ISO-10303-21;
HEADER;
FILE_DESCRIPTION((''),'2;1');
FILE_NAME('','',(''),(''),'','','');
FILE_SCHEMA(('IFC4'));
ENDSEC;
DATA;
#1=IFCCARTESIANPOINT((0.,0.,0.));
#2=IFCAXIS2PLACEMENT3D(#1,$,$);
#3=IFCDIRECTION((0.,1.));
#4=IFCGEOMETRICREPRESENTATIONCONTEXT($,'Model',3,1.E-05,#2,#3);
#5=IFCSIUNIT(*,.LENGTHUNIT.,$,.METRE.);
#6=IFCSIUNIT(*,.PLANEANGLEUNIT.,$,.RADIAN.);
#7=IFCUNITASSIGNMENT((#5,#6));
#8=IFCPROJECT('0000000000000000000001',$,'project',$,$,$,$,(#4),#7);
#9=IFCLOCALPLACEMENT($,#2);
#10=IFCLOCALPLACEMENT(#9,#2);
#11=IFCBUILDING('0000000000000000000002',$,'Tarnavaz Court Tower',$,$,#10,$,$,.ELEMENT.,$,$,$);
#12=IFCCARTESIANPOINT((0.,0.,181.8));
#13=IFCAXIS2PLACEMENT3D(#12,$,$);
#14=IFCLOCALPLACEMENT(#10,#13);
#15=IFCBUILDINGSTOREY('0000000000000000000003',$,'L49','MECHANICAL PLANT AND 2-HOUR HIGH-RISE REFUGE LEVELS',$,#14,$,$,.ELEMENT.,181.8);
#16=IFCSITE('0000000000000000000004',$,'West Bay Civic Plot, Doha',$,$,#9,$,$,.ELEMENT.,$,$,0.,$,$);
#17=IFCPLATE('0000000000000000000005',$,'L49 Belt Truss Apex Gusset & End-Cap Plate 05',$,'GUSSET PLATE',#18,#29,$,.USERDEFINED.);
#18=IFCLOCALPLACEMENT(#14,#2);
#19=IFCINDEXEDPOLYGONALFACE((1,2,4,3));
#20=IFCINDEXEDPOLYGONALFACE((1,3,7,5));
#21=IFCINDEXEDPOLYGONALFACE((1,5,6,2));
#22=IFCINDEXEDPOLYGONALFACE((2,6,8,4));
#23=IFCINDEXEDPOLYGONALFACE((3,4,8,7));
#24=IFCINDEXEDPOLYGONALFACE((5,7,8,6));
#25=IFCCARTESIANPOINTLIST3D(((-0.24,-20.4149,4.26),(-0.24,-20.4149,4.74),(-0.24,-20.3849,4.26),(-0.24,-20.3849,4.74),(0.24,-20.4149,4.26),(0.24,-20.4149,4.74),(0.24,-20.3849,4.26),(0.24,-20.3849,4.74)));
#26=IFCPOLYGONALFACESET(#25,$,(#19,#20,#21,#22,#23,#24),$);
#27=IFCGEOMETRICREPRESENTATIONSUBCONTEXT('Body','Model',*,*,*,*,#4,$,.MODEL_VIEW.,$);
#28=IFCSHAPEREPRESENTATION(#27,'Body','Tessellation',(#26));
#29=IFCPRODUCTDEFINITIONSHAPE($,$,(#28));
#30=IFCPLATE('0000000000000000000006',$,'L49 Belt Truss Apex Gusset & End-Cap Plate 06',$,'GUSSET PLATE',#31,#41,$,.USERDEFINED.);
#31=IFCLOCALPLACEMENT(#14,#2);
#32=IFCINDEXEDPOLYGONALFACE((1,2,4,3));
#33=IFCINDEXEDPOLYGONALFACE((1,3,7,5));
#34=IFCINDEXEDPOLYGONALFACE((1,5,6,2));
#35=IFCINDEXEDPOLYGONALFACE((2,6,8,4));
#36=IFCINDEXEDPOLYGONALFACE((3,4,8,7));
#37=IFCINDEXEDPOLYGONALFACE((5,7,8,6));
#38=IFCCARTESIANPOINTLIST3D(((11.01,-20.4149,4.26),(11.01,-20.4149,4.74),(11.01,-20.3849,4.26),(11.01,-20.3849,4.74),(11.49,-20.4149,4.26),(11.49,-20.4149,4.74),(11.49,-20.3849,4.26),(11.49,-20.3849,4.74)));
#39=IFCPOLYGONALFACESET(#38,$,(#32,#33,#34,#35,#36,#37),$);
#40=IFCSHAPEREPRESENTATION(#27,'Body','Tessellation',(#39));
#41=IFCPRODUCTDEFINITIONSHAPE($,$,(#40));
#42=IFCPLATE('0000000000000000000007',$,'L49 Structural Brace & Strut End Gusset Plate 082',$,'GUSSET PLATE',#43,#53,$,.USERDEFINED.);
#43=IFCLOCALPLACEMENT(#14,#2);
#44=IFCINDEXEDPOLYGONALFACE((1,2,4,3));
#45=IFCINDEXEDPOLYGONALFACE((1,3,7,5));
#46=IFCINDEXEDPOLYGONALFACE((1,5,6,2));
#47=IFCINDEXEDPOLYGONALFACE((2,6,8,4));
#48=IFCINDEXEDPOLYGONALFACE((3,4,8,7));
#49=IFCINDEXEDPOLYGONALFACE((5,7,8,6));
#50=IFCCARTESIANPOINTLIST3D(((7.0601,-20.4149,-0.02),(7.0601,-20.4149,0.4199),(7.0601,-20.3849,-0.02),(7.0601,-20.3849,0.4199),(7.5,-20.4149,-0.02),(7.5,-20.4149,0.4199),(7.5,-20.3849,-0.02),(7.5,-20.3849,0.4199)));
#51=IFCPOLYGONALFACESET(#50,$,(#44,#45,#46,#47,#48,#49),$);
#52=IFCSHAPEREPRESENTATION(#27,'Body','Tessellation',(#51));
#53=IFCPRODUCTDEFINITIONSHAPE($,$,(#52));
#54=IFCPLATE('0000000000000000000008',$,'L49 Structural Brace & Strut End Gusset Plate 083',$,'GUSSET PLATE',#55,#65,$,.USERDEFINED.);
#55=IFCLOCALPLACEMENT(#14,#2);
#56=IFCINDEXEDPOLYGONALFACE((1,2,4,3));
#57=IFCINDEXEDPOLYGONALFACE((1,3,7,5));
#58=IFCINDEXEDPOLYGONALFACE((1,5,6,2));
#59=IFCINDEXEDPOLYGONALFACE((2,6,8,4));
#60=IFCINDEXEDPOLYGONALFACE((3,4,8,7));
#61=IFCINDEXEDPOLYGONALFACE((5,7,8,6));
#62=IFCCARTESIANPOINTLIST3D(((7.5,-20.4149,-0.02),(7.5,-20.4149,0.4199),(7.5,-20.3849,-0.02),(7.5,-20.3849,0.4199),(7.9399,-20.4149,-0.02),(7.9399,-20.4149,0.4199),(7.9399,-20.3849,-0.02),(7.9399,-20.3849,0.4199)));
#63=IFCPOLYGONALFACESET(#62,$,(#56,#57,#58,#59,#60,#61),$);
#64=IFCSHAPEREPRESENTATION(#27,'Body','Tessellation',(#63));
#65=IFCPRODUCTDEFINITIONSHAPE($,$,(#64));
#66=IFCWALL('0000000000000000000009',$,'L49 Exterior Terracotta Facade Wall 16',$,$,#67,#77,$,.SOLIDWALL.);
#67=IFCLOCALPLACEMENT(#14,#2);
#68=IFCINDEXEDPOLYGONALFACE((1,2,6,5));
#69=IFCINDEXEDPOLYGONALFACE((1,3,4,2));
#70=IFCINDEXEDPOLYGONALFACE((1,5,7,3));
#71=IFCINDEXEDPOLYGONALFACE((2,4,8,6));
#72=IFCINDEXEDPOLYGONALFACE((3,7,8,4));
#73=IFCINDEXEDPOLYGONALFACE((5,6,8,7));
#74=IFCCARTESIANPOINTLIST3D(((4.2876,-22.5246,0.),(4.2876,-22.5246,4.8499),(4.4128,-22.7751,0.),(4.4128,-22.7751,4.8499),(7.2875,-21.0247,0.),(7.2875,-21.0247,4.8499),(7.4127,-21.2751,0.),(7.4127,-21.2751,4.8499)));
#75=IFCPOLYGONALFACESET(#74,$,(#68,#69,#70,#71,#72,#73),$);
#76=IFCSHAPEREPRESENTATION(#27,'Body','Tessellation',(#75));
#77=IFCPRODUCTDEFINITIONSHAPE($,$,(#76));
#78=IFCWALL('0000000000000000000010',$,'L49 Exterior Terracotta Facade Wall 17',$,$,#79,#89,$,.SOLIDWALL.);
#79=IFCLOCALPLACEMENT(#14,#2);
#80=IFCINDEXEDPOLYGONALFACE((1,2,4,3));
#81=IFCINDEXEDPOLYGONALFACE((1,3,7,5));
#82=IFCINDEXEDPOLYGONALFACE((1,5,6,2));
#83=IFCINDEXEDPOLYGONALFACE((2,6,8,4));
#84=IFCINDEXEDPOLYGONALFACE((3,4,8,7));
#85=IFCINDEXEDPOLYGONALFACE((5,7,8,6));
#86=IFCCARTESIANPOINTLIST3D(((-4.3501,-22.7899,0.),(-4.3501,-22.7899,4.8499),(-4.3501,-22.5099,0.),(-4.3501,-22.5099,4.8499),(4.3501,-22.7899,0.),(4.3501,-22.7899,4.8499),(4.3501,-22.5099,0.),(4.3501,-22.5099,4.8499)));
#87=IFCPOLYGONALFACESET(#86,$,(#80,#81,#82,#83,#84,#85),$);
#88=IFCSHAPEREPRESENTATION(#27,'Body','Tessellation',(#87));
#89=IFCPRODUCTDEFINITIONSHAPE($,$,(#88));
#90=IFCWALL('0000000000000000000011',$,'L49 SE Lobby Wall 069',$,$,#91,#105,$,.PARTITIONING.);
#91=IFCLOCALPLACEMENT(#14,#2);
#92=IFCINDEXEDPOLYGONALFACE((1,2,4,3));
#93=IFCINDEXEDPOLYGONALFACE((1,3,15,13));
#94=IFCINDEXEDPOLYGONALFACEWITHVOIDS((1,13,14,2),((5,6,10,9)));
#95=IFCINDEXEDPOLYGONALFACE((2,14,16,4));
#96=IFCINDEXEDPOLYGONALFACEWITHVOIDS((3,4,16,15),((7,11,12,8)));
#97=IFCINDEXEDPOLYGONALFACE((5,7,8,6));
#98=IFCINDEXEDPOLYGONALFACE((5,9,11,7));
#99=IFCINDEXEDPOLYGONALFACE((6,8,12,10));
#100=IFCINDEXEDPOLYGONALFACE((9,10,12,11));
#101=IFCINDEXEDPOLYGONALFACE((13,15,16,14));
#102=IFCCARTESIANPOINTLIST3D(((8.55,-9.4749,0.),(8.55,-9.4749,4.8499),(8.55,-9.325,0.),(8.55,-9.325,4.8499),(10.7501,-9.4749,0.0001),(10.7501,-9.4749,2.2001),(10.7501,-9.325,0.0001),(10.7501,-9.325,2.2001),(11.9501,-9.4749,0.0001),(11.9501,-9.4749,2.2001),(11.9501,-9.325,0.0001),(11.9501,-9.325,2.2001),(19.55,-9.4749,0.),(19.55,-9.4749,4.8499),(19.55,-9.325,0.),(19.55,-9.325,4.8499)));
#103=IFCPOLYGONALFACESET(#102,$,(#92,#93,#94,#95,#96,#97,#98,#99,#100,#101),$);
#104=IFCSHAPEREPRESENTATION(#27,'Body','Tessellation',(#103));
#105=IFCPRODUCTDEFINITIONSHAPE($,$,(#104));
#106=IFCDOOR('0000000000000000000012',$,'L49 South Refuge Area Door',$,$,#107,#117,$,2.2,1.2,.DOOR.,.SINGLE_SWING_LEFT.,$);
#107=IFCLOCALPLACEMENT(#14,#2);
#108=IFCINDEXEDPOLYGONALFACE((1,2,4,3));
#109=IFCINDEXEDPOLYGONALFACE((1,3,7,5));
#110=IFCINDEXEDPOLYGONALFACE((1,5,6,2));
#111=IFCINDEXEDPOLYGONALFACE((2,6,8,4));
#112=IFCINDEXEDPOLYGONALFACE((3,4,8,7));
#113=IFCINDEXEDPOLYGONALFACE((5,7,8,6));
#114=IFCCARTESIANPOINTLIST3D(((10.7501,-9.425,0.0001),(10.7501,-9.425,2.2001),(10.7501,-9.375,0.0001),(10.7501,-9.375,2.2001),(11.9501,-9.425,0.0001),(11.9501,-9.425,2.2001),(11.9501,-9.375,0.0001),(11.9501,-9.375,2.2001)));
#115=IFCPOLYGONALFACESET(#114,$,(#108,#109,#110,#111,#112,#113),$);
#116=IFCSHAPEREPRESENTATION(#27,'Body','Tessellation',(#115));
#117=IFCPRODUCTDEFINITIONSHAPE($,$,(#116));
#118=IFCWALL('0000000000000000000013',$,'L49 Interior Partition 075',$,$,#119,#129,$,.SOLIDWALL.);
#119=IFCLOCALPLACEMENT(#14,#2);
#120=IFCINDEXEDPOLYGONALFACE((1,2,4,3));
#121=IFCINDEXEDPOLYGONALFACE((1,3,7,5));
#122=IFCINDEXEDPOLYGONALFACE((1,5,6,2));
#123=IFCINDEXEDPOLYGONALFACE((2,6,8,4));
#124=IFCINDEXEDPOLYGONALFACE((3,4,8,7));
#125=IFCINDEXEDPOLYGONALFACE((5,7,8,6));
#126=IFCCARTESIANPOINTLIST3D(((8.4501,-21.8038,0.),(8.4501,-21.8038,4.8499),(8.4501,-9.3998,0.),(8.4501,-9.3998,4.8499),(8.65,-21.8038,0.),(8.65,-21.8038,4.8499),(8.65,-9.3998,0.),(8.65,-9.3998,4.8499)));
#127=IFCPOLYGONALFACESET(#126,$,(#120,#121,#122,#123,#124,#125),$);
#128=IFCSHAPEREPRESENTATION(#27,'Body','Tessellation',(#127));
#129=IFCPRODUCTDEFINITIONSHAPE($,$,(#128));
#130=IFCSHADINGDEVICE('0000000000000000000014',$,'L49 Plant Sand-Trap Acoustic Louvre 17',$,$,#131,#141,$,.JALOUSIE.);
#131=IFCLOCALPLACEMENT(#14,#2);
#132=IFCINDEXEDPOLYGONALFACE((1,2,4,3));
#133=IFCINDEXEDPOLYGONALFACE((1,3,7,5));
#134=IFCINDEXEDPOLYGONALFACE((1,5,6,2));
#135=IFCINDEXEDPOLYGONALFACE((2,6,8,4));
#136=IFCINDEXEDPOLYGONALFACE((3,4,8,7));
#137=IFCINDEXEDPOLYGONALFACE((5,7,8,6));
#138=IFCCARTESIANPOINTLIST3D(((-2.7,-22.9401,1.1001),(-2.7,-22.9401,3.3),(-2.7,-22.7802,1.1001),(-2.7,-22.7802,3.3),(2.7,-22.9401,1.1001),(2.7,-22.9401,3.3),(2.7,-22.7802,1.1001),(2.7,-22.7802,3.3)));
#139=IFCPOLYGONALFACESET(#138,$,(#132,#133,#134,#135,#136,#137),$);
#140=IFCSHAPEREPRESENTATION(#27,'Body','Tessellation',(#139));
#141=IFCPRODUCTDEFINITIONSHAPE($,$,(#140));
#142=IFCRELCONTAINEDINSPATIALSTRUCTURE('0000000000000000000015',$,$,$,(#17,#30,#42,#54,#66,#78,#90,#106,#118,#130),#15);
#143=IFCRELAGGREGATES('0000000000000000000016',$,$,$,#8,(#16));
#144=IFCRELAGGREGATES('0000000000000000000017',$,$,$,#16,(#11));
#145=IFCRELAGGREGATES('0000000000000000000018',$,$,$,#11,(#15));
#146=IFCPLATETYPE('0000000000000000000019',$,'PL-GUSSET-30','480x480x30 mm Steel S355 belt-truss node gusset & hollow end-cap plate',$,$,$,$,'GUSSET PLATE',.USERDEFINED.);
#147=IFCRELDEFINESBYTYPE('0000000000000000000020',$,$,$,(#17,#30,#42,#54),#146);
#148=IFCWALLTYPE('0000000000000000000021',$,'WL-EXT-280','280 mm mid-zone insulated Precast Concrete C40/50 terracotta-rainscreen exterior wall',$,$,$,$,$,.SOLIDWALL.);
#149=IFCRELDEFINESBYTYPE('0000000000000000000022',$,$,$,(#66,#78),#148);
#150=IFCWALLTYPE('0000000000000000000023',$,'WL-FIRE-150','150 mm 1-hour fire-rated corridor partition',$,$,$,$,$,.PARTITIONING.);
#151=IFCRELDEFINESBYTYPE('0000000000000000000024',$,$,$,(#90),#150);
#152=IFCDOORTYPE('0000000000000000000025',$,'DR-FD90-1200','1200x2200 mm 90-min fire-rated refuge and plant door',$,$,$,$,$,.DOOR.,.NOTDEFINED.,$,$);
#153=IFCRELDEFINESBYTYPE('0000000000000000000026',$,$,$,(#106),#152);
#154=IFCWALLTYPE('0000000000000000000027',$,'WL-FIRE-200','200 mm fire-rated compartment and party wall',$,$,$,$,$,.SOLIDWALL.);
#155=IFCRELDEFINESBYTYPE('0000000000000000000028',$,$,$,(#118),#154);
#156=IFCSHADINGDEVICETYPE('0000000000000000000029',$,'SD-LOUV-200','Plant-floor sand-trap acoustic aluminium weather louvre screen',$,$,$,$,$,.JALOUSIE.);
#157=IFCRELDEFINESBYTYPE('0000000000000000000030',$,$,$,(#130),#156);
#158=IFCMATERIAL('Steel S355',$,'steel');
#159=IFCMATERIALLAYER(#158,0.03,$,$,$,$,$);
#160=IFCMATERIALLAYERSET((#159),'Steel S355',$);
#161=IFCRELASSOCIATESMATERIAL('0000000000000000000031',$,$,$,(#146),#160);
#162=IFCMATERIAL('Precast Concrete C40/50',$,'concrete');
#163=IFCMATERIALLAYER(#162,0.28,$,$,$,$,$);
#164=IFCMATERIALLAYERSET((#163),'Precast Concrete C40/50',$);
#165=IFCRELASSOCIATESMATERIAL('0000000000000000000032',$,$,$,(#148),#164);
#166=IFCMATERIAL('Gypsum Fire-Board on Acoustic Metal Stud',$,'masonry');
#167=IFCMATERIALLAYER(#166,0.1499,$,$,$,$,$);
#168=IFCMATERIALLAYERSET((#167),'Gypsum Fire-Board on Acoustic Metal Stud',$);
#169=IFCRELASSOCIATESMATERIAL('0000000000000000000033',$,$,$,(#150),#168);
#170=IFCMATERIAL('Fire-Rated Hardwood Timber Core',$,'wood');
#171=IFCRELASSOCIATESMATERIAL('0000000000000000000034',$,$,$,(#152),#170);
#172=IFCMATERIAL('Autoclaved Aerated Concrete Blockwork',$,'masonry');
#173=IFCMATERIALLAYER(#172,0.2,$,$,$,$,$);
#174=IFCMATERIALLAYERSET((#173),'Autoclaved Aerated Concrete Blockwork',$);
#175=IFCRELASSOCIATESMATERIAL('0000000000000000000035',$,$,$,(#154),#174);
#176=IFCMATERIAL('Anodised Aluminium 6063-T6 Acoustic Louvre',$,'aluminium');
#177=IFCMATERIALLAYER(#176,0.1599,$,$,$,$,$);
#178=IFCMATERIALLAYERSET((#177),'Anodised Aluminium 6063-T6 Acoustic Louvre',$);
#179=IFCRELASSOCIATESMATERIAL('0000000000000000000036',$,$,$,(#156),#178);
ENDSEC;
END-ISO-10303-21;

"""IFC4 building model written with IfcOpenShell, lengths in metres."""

from ifc_helpers import new_model, si_unit, direction, frame, frame_2d, origin, origin_2d, place, context, subcontext, project, spatial, rectangle, extrude, material, layer, layer_set, type_object, element, fill, save


model = new_model("IFC4")

# Units and contexts
model_context = context("Model", 3, precision=1e-05, world=origin(), true_north=direction((0.0, 1.0)))
body_context = subcontext(model_context, "Body", "Model", "MODEL_VIEW")
ifc_project = project(units=[si_unit("LENGTHUNIT", "METRE"), si_unit("PLANEANGLEUNIT", "RADIAN")], contexts=[model_context])

# Site, building, storey
site_placement = place(None, origin())
site = spatial("IfcSite", under=ifc_project, at=site_placement, Name="West Bay Civic Plot, Doha", CompositionType="ELEMENT", RefElevation=0.0)
building_placement = place(site_placement, origin())
building = spatial("IfcBuilding", under=site, at=building_placement, Name="Tarnavaz Court Tower", CompositionType="ELEMENT")
storey_placement = place(building_placement, frame((0.0, 0.0, 181.8)))
storey = spatial("IfcBuildingStorey", under=building, at=storey_placement, Name="L49", Description="MECHANICAL PLANT AND 2-HOUR HIGH-RISE REFUGE LEVELS", CompositionType="ELEMENT", Elevation=181.8)

# Shared definitions
ifc_material_1 = material(Name="Steel S355", Category="steel")

# Plates
ifc_layer_1 = layer(ifc_material_1, 0.03)
ifc_layer_set_1 = layer_set([ifc_layer_1], Name="Steel S355")
plate_type = type_object("IfcPlateType", Name="PL-GUSSET-30", Description="480x480x30 mm Steel S355 belt-truss node gusset & hollow end-cap plate", ElementType="GUSSET PLATE", PredefinedType="USERDEFINED", material=ifc_layer_set_1)
for number, where, z_axis, x_axis, name in (
    (1, (0.0, -20.3999, 4.26), (0.0, 0.0, 1.0), (1.0, 0.0, 0.0), "L49 Belt Truss Apex Gusset & End-Cap Plate 05"),
    (2, (11.25, -20.3999, 4.26), (0.0, 0.0, 1.0), (1.0, 0.0, 0.0), "L49 Belt Truss Apex Gusset & End-Cap Plate 06"),
):
    element("IfcPlate", number, at=place(storey_placement, frame(where, z_axis=z_axis, x_axis=x_axis)), inside=storey, type_object=plate_type, Name=name, ObjectType="GUSSET PLATE", PredefinedType="USERDEFINED", context=body_context, shape_type="SweptSolid", body=[
        extrude(rectangle(XDim=0.48, YDim=0.03, at=origin_2d()), origin(), (0.0, 0.0, 1.0), 0.48),
    ])
for number, where, z_axis, x_axis, name in (
    (3, (7.28, -20.3999, -0.02), (0.0, 0.0, 1.0), (1.0, 0.0, 0.0), "L49 Structural Brace & Strut End Gusset Plate 082"),
    (4, (7.72, -20.3999, -0.02), (0.0, 0.0, 1.0), (1.0, 0.0, 0.0), "L49 Structural Brace & Strut End Gusset Plate 083"),
):
    element("IfcPlate", number, at=place(storey_placement, frame(where, z_axis=z_axis, x_axis=x_axis)), inside=storey, type_object=plate_type, Name=name, ObjectType="GUSSET PLATE", PredefinedType="USERDEFINED", context=body_context, shape_type="SweptSolid", body=[
        extrude(rectangle(XDim=0.4399, YDim=0.03, at=origin_2d()), origin(), (0.0, 0.0, 1.0), 0.4399),
    ])

# Walls
ifc_material_2 = material(Name="Precast Concrete C40/50", Category="concrete")
ifc_layer_2 = layer(ifc_material_2, 0.28)
ifc_layer_set_2 = layer_set([ifc_layer_2], Name="Precast Concrete C40/50")
wall_type_1 = type_object("IfcWallType", Name="WL-EXT-280", Description="280 mm mid-zone insulated Precast Concrete C40/50 terracotta-rainscreen exterior wall", PredefinedType="SOLIDWALL", material=ifc_layer_set_2)
wall_1_placement = place(storey_placement, frame((7.3501, -21.1499, 0.0), z_axis=(0.0, 0.0, 1.0), x_axis=(-0.894427, -0.447214, 0.0)))
element("IfcWall", 5, at=wall_1_placement, inside=storey, type_object=wall_type_1, Name="L49 Exterior Terracotta Facade Wall 16", PredefinedType="SOLIDWALL", context=body_context, shape_type="SweptSolid", body=[
    extrude(rectangle(XDim=3.354, YDim=0.28, at=frame_2d((1.677, 0.0))), origin(), (0.0, 0.0, 1.0), 4.8499),
])
wall_2_placement = place(storey_placement, frame((4.3501, -22.6499, 0.0), z_axis=(0.0, 0.0, 1.0), x_axis=(-1.0, 0.0, 0.0)))
element("IfcWall", 6, at=wall_2_placement, inside=storey, type_object=wall_type_1, Name="L49 Exterior Terracotta Facade Wall 17", PredefinedType="SOLIDWALL", context=body_context, shape_type="SweptSolid", body=[
    extrude(rectangle(XDim=8.7002, YDim=0.28, at=frame_2d((4.3501, 0.0))), origin(), (0.0, 0.0, 1.0), 4.8499),
])

# Wall, opening, door
ifc_material_3 = material(Name="Gypsum Fire-Board on Acoustic Metal Stud", Category="masonry")
ifc_layer_3 = layer(ifc_material_3, 0.1499)
ifc_layer_set_3 = layer_set([ifc_layer_3], Name="Gypsum Fire-Board on Acoustic Metal Stud")
wall_type_2 = type_object("IfcWallType", Name="WL-FIRE-150", Description="150 mm 1-hour fire-rated corridor partition", PredefinedType="PARTITIONING", material=ifc_layer_set_3)
wall_3_placement = place(storey_placement, frame((8.55, -9.3999, 0.0), z_axis=(0.0, 0.0, 1.0), x_axis=(1.0, 0.0, 0.0)))
wall_3 = element("IfcWall", 7, at=wall_3_placement, inside=storey, type_object=wall_type_2, Name="L49 SE Lobby Wall 069", PredefinedType="PARTITIONING", context=body_context, shape_type="SweptSolid", body=[
    extrude(rectangle(XDim=11.0, YDim=0.1499, at=frame_2d((5.5, 0.0))), origin(), (0.0, 0.0, 1.0), 4.8499),
])
opening_placement = place(wall_3_placement, frame((2.2, 0.0, 0.0)))
opening = element("IfcOpeningElement", 8, at=opening_placement, cuts=wall_3, PredefinedType="OPENING", context=body_context, shape_type="SweptSolid", body=[
    extrude(rectangle(XDim=1.2, YDim=2.2, at=frame_2d((0.6001, 1.1001))), frame((0.0, 0.085, 0.0), z_axis=(0.0, -1.0, 0.0), x_axis=(1.0, 0.0, 0.0)), (0.0, 0.0, 1.0), 0.1699),
])
ifc_material_4 = material(Name="Fire-Rated Hardwood Timber Core", Category="wood")
door_type = type_object("IfcDoorType", Name="DR-FD90-1200", Description="1200x2200 mm 90-min fire-rated refuge and plant door", OperationType="NOTDEFINED", PredefinedType="DOOR", material=ifc_material_4)
door_placement = place(opening_placement, origin())
door = element("IfcDoor", 9, at=door_placement, inside=storey, type_object=door_type, Name="L49 South Refuge Area Door", OperationType="SINGLE_SWING_LEFT", OverallHeight=2.2, OverallWidth=1.2, PredefinedType="DOOR", context=body_context, shape_type="SweptSolid", body=[
    extrude(rectangle(XDim=1.2, YDim=2.2, at=frame_2d((0.6001, 1.1001))), frame((0.0, 0.0249, 0.0), z_axis=(0.0, -1.0, 0.0), x_axis=(1.0, 0.0, 0.0)), (0.0, 0.0, 1.0), 0.05),
])
fill(opening, door)

# Wall
ifc_material_5 = material(Name="Autoclaved Aerated Concrete Blockwork", Category="masonry")
ifc_layer_4 = layer(ifc_material_5, 0.2)
ifc_layer_set_4 = layer_set([ifc_layer_4], Name="Autoclaved Aerated Concrete Blockwork")
wall_type_3 = type_object("IfcWallType", Name="WL-FIRE-200", Description="200 mm fire-rated compartment and party wall", PredefinedType="SOLIDWALL", material=ifc_layer_set_4)
wall_4_placement = place(storey_placement, frame((8.55, -21.804, 0.0), z_axis=(0.0, 0.0, 1.0), x_axis=(0.0, 1.0, 0.0)))
element("IfcWall", 10, at=wall_4_placement, inside=storey, type_object=wall_type_3, Name="L49 Interior Partition 075", PredefinedType="SOLIDWALL", context=body_context, shape_type="SweptSolid", body=[
    extrude(rectangle(XDim=12.4041, YDim=0.2, at=frame_2d((6.2021, 0.0))), origin(), (0.0, 0.0, 1.0), 4.8499),
])

# Shading device
ifc_material_6 = material(Name="Anodised Aluminium 6063-T6 Acoustic Louvre", Category="aluminium")
ifc_layer_5 = layer(ifc_material_6, 0.1599)
ifc_layer_set_5 = layer_set([ifc_layer_5], Name="Anodised Aluminium 6063-T6 Acoustic Louvre")
shading_device_type = type_object("IfcShadingDeviceType", Name="SD-LOUV-200", Description="Plant-floor sand-trap acoustic aluminium weather louvre screen", PredefinedType="JALOUSIE", material=ifc_layer_set_5)
shading_device_placement = place(storey_placement, frame((0.0, -22.8601, 1.1001), z_axis=(0.0, 0.0, 1.0), x_axis=(-1.0, 0.0, 0.0)))
element("IfcShadingDevice", 11, at=shading_device_placement, inside=storey, type_object=shading_device_type, Name="L49 Plant Sand-Trap Acoustic Louvre 17", PredefinedType="JALOUSIE", context=body_context, shape_type="SweptSolid", body=[
    extrude(rectangle(XDim=5.3999, YDim=0.1599, at=origin_2d()), origin(), (0.0, 0.0, 1.0), 2.2),
])

save(model, "model.ifc")
